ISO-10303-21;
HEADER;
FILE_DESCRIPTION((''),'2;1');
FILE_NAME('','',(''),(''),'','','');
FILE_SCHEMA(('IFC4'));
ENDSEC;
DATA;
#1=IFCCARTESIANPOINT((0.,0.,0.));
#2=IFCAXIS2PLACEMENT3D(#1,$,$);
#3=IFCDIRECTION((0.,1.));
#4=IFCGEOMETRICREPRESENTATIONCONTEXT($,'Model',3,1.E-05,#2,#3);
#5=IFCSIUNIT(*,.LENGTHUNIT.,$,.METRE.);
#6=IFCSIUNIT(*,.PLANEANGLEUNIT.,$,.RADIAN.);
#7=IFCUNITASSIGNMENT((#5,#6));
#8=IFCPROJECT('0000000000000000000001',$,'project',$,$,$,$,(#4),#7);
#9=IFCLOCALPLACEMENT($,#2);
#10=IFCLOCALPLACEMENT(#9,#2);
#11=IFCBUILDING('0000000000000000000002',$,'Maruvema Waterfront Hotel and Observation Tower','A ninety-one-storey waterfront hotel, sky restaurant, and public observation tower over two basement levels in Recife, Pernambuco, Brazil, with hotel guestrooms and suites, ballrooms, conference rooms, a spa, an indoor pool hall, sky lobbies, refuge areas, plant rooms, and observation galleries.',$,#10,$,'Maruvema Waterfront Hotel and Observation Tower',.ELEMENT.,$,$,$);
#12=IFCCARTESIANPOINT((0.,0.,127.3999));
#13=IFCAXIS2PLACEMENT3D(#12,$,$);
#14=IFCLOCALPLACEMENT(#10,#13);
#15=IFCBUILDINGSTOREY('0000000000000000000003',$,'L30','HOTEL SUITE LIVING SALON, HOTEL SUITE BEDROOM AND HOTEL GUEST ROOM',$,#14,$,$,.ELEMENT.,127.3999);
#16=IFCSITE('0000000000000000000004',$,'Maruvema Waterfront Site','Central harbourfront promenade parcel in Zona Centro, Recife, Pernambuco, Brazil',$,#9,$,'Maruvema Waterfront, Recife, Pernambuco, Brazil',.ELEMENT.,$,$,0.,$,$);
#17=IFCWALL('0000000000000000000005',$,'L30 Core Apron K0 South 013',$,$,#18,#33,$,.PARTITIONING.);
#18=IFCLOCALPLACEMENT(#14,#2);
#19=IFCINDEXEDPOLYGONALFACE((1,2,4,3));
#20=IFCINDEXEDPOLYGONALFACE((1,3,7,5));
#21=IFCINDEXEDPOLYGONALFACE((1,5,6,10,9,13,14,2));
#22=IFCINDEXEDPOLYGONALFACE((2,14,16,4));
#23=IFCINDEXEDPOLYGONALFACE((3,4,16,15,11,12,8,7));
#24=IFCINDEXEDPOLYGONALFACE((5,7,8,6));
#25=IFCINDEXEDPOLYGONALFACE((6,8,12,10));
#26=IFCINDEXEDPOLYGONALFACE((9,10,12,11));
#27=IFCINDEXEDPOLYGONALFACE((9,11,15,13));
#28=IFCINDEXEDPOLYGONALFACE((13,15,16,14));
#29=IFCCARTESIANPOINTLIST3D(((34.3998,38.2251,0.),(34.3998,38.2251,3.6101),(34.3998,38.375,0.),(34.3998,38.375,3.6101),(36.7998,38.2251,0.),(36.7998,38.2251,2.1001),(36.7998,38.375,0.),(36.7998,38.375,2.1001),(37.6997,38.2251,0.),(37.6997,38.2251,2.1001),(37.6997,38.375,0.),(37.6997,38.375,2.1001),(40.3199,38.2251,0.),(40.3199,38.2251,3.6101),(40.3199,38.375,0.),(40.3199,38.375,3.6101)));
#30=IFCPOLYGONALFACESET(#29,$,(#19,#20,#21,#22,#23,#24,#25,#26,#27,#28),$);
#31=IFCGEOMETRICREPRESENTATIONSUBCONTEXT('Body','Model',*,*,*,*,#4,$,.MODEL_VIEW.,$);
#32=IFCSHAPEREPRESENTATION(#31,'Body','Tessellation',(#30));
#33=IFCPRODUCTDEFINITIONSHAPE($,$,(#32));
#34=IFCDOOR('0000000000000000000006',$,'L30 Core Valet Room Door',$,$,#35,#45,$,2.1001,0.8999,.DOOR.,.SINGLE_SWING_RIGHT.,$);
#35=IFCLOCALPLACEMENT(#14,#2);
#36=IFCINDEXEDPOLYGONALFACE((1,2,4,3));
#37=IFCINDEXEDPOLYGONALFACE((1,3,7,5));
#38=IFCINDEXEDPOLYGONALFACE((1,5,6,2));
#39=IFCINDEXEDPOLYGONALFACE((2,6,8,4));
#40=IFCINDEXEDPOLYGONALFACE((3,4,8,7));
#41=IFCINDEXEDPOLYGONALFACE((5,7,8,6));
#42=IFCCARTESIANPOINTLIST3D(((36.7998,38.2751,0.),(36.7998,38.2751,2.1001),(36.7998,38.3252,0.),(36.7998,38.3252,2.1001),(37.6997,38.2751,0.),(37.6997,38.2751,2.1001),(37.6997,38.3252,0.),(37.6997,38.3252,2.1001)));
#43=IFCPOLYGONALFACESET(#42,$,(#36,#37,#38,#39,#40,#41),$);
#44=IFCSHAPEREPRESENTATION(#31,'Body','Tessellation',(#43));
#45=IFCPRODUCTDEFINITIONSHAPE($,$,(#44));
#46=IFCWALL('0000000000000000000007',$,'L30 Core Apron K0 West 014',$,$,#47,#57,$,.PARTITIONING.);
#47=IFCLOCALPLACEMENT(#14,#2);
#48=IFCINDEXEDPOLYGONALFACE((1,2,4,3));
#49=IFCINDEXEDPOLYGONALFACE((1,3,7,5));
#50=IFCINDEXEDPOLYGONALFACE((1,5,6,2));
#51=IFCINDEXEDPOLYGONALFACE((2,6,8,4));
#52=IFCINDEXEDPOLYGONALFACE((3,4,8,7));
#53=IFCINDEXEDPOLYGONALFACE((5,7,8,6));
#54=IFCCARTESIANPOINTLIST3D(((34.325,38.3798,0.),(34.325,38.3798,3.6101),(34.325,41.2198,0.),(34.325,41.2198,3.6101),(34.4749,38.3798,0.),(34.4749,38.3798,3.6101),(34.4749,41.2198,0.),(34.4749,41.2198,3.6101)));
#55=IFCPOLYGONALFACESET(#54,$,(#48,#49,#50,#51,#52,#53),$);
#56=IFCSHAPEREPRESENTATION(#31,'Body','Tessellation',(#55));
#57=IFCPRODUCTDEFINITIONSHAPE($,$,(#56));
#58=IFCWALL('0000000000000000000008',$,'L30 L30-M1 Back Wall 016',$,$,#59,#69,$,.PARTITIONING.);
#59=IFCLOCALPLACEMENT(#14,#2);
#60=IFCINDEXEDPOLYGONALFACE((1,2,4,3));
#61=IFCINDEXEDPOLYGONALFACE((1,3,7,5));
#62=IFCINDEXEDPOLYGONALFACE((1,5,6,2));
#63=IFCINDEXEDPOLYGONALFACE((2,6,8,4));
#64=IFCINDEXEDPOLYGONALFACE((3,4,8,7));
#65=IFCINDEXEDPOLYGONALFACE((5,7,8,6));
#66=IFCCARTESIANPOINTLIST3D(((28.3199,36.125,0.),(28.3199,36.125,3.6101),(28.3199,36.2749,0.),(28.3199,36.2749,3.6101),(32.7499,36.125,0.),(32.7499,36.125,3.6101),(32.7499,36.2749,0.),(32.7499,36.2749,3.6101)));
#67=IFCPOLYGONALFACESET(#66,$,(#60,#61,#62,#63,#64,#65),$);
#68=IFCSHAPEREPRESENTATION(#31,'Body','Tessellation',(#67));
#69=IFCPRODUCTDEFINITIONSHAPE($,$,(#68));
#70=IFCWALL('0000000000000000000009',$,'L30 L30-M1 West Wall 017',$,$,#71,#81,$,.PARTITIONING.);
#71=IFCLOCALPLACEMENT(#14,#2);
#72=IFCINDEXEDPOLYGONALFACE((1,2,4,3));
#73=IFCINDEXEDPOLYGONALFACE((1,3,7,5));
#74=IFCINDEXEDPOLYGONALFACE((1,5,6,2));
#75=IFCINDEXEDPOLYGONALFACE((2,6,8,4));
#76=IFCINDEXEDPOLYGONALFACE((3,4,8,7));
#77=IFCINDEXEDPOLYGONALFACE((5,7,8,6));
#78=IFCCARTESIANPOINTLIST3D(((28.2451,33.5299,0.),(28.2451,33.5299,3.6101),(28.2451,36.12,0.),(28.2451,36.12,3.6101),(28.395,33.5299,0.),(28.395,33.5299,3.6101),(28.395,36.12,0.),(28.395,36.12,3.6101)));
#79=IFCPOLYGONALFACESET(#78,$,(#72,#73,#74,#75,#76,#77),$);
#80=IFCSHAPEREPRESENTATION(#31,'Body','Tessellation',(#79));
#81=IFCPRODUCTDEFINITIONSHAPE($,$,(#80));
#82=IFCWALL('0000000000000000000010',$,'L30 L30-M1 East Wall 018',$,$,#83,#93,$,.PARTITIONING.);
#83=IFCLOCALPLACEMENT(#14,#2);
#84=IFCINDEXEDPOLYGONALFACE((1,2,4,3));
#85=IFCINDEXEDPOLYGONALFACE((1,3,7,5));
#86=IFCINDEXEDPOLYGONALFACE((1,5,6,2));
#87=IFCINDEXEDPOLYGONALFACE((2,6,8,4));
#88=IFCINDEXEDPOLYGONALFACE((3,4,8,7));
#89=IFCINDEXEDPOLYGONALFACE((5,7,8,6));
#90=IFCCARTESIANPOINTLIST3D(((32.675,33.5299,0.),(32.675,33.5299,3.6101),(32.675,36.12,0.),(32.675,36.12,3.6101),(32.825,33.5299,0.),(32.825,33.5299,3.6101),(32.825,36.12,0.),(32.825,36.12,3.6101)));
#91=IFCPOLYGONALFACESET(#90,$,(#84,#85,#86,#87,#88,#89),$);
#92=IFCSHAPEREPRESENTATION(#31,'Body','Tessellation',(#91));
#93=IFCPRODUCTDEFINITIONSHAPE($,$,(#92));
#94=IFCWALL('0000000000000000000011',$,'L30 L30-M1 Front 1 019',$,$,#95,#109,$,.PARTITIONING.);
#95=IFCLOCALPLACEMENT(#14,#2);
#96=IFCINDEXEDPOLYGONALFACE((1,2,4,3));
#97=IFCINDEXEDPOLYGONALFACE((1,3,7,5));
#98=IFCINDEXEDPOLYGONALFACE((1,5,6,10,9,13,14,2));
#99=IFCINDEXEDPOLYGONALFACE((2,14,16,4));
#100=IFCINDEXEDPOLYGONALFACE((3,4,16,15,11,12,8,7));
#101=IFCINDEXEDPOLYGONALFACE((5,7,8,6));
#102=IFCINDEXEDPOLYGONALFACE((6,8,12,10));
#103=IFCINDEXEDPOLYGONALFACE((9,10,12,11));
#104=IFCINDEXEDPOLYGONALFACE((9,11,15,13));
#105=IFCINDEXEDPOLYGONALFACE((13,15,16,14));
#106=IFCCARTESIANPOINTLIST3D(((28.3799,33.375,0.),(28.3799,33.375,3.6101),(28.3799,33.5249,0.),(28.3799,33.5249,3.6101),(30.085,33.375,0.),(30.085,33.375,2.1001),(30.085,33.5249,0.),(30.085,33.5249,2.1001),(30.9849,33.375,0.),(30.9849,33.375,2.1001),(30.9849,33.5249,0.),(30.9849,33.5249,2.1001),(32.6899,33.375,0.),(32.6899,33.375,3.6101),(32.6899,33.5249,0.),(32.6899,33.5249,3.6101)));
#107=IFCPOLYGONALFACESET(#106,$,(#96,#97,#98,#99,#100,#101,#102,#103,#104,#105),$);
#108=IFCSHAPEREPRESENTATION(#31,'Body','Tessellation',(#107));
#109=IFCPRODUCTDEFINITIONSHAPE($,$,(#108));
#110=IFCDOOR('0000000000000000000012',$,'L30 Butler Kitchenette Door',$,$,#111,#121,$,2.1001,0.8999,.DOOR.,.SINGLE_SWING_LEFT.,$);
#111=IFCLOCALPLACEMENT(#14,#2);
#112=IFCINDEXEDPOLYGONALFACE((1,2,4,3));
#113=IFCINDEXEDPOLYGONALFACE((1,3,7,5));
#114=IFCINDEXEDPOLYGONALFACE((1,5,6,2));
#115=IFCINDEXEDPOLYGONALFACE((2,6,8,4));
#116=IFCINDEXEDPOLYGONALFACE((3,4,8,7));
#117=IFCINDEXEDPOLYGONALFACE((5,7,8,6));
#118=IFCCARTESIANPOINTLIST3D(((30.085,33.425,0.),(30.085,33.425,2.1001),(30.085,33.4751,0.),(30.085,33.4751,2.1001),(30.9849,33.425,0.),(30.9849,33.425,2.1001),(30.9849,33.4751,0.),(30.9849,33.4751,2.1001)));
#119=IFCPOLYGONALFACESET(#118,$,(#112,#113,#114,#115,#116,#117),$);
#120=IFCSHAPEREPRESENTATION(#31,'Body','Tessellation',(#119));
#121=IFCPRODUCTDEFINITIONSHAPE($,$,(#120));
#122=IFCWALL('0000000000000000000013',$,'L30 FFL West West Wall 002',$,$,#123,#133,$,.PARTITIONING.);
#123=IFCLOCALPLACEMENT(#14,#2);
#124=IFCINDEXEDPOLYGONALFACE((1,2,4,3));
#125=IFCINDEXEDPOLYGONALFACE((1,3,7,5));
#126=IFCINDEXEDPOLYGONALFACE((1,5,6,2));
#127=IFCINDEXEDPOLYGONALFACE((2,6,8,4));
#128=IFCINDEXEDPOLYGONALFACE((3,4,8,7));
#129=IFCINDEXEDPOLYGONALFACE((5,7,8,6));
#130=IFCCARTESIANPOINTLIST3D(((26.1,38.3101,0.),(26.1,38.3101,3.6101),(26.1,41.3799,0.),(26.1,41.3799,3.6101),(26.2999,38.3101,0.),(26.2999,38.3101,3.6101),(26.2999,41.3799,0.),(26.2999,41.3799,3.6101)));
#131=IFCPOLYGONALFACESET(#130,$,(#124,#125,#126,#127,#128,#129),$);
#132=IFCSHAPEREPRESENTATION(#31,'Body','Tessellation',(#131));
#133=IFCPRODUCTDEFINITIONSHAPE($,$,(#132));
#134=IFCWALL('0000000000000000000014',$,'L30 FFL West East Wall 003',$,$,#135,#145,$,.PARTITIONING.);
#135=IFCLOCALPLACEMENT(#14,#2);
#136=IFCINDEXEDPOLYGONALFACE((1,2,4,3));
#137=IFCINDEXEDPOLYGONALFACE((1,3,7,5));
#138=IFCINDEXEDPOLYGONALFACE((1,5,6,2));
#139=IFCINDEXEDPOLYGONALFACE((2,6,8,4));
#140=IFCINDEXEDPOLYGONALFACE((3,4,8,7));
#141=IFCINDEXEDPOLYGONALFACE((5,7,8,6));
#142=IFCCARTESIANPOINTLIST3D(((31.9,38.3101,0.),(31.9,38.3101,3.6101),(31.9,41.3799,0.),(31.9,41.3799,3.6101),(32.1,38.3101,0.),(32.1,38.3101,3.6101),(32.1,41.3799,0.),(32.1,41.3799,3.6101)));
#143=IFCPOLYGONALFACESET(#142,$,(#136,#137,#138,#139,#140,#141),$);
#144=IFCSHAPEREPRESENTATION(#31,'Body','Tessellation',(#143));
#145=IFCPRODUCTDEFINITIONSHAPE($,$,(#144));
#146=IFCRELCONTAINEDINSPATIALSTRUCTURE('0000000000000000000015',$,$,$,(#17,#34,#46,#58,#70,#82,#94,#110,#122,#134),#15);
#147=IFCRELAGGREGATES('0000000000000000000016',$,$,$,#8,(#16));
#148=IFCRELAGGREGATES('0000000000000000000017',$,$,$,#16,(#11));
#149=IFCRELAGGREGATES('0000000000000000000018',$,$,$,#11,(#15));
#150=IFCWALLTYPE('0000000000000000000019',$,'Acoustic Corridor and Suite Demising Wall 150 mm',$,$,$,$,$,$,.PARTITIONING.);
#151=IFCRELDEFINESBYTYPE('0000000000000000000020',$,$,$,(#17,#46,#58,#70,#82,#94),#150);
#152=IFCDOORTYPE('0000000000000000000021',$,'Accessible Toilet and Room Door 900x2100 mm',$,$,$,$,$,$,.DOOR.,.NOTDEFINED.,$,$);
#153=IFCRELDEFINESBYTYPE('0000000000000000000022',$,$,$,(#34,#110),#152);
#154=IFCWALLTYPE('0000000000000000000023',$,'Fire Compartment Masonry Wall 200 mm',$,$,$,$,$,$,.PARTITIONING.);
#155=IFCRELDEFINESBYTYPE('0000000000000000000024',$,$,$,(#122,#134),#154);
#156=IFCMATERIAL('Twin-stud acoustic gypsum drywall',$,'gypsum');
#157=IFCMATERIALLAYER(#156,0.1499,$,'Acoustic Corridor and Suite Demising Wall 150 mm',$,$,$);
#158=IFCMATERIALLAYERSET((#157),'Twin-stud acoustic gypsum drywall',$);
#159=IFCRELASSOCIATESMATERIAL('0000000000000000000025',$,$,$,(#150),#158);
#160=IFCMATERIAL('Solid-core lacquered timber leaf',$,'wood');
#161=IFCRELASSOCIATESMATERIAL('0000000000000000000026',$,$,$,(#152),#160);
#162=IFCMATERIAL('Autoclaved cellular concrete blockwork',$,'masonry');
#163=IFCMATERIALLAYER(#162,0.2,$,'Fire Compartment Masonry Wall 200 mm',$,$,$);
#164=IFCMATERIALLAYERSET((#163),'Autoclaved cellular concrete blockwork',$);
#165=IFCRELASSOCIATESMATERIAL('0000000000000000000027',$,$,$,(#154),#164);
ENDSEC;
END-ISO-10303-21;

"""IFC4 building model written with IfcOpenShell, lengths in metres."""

from ifc_helpers import new_model, si_unit, direction, frame, frame_2d, origin, place, context, subcontext, project, spatial, rectangle, extrude, material, layer, layer_set, type_object, element, fill, save


model = new_model("IFC4")

# Units and contexts
model_context = context("Model", 3, precision=1e-05, world=origin(), true_north=direction((0.0, 1.0)))
body_context = subcontext(model_context, "Body", "Model", "MODEL_VIEW")
ifc_project = project(units=[si_unit("LENGTHUNIT", "METRE"), si_unit("PLANEANGLEUNIT", "RADIAN")], contexts=[model_context])

# Site, building, storey
site_placement = place(None, origin())
site = spatial("IfcSite", under=ifc_project, at=site_placement, Name="Maruvema Waterfront Site", Description="Central harbourfront promenade parcel in Zona Centro, Recife, Pernambuco, Brazil", LongName="Maruvema Waterfront, Recife, Pernambuco, Brazil", CompositionType="ELEMENT", RefElevation=0.0)
building_placement = place(site_placement, origin())
building = spatial("IfcBuilding", under=site, at=building_placement, Name="Maruvema Waterfront Hotel and Observation Tower", Description="A ninety-one-storey waterfront hotel, sky restaurant, and public observation tower over two basement levels in Recife, Pernambuco, Brazil, with hotel guestrooms and suites, ballrooms, conference rooms, a spa, an indoor pool hall, sky lobbies, refuge areas, plant rooms, and observation galleries.", LongName="Maruvema Waterfront Hotel and Observation Tower", CompositionType="ELEMENT")
storey_placement = place(building_placement, frame((0.0, 0.0, 127.3999)))
storey = spatial("IfcBuildingStorey", under=building, at=storey_placement, Name="L30", Description="HOTEL SUITE LIVING SALON, HOTEL SUITE BEDROOM AND HOTEL GUEST ROOM", CompositionType="ELEMENT", Elevation=127.3999)

# Wall, opening, door
ifc_material_1 = material(Name="Twin-stud acoustic gypsum drywall", Category="gypsum")
ifc_layer_1 = layer(ifc_material_1, 0.1499, Name="Acoustic Corridor and Suite Demising Wall 150 mm")
ifc_layer_set_1 = layer_set([ifc_layer_1], Name="Twin-stud acoustic gypsum drywall")
wall_type_1 = type_object("IfcWallType", Name="Acoustic Corridor and Suite Demising Wall 150 mm", PredefinedType="PARTITIONING", material=ifc_layer_set_1)
wall_1_placement = place(storey_placement, frame((34.3999, 38.3, 0.0), z_axis=(0.0, 0.0, 1.0), x_axis=(1.0, 0.0, 0.0)))
wall_1 = element("IfcWall", 1, at=wall_1_placement, inside=storey, type_object=wall_type_1, Name="L30 Core Apron K0 South 013", PredefinedType="PARTITIONING", context=body_context, shape_type="SweptSolid", body=[
    extrude(rectangle(XDim=5.9202, YDim=0.1499, at=frame_2d((2.96, 0.0))), origin(), (0.0, 0.0, 1.0), 3.6101),
])
opening_1_placement = place(wall_1_placement, frame((2.3999, 0.0, 0.0)))
opening_1 = element("IfcOpeningElement", 2, at=opening_1_placement, cuts=wall_1, PredefinedType="OPENING", context=body_context, shape_type="SweptSolid", body=[
    extrude(rectangle(XDim=0.8999, YDim=2.1001, at=frame_2d((0.45, 1.05))), frame((0.0, 0.085, 0.0), z_axis=(0.0, -1.0, 0.0), x_axis=(1.0, 0.0, 0.0)), (0.0, 0.0, 1.0), 0.1699),
])
ifc_material_2 = material(Name="Solid-core lacquered timber leaf", Category="wood")
door_type_1 = type_object("IfcDoorType", Name="Accessible Toilet and Room Door 900x2100 mm", OperationType="NOTDEFINED", PredefinedType="DOOR", material=ifc_material_2)
door_1_placement = place(opening_1_placement, frame((0.8999, 0.0, 0.0), z_axis=(0.0, 0.0, 1.0), x_axis=(-1.0, 0.0, 0.0)))
door_1 = element("IfcDoor", 3, at=door_1_placement, inside=storey, type_object=door_type_1, Name="L30 Core Valet Room Door", OperationType="SINGLE_SWING_RIGHT", OverallHeight=2.1001, OverallWidth=0.8999, PredefinedType="DOOR", context=body_context, shape_type="SweptSolid", body=[
    extrude(rectangle(XDim=0.8999, YDim=2.1001, at=frame_2d((0.45, 1.05))), frame((0.0, 0.0249, 0.0), z_axis=(0.0, -1.0, 0.0), x_axis=(1.0, 0.0, 0.0)), (0.0, 0.0, 1.0), 0.05),
])
fill(opening_1, door_1)

# Walls
wall_2_placement = place(storey_placement, frame((34.3999, 38.3799, 0.0), z_axis=(0.0, 0.0, 1.0), x_axis=(0.0, 1.0, 0.0)))
element("IfcWall", 4, at=wall_2_placement, inside=storey, type_object=wall_type_1, Name="L30 Core Apron K0 West 014", PredefinedType="PARTITIONING", context=body_context, shape_type="SweptSolid", body=[
    extrude(rectangle(XDim=2.8401, YDim=0.1499, at=frame_2d((1.4199, 0.0))), origin(), (0.0, 0.0, 1.0), 3.6101),
])
wall_3_placement = place(storey_placement, frame((28.3201, 36.2, 0.0), z_axis=(0.0, 0.0, 1.0), x_axis=(1.0, 0.0, 0.0)))
element("IfcWall", 5, at=wall_3_placement, inside=storey, type_object=wall_type_1, Name="L30 L30-M1 Back Wall 016", PredefinedType="PARTITIONING", context=body_context, shape_type="SweptSolid", body=[
    extrude(rectangle(XDim=4.4299, YDim=0.1499, at=frame_2d((2.2148, 0.0))), origin(), (0.0, 0.0, 1.0), 3.6101),
])
for number, where, z_axis, x_axis, name in (
    (6, (28.3201, 33.53, 0.0), (0.0, 0.0, 1.0), (0.0, 1.0, 0.0), "L30 L30-M1 West Wall 017"),
    (7, (32.75, 33.53, 0.0), (0.0, 0.0, 1.0), (0.0, 1.0, 0.0), "L30 L30-M1 East Wall 018"),
):
    element("IfcWall", number, at=place(storey_placement, frame(where, z_axis=z_axis, x_axis=x_axis)), inside=storey, type_object=wall_type_1, Name=name, PredefinedType="PARTITIONING", context=body_context, shape_type="SweptSolid", body=[
        extrude(rectangle(XDim=2.5901, YDim=0.1499, at=frame_2d((1.2949, 0.0))), origin(), (0.0, 0.0, 1.0), 3.6101),
    ])

# Wall, opening, door
wall_4_placement = place(storey_placement, frame((28.3799, 33.45, 0.0), z_axis=(0.0, 0.0, 1.0), x_axis=(1.0, 0.0, 0.0)))
wall_4 = element("IfcWall", 8, at=wall_4_placement, inside=storey, type_object=wall_type_1, Name="L30 L30-M1 Front 1 019", PredefinedType="PARTITIONING", context=body_context, shape_type="SweptSolid", body=[
    extrude(rectangle(XDim=4.3101, YDim=0.1499, at=frame_2d((2.155, 0.0))), origin(), (0.0, 0.0, 1.0), 3.6101),
])
opening_2_placement = place(wall_4_placement, frame((1.7051, 0.0, 0.0)))
opening_2 = element("IfcOpeningElement", 9, at=opening_2_placement, cuts=wall_4, PredefinedType="OPENING", context=body_context, shape_type="SweptSolid", body=[
    extrude(rectangle(XDim=0.8999, YDim=2.1001, at=frame_2d((0.45, 1.05))), frame((0.0, 0.085, 0.0), z_axis=(0.0, -1.0, 0.0), x_axis=(1.0, 0.0, 0.0)), (0.0, 0.0, 1.0), 0.1699),
])
door_2_placement = place(opening_2_placement, frame((0.8999, 0.0, 0.0), z_axis=(0.0, 0.0, 1.0), x_axis=(-1.0, 0.0, 0.0)))
door_2 = element("IfcDoor", 10, at=door_2_placement, inside=storey, type_object=door_type_1, Name="L30 Butler Kitchenette Door", OperationType="SINGLE_SWING_LEFT", OverallHeight=2.1001, OverallWidth=0.8999, PredefinedType="DOOR", context=body_context, shape_type="SweptSolid", body=[
    extrude(rectangle(XDim=0.8999, YDim=2.1001, at=frame_2d((0.45, 1.05))), frame((0.0, 0.0249, 0.0), z_axis=(0.0, -1.0, 0.0), x_axis=(1.0, 0.0, 0.0)), (0.0, 0.0, 1.0), 0.05),
])
fill(opening_2, door_2)
ifc_material_3 = material(Name="Autoclaved cellular concrete blockwork", Category="masonry")
ifc_layer_2 = layer(ifc_material_3, 0.2, Name="Fire Compartment Masonry Wall 200 mm")
ifc_layer_set_2 = layer_set([ifc_layer_2], Name="Autoclaved cellular concrete blockwork")
wall_type_2 = type_object("IfcWallType", Name="Fire Compartment Masonry Wall 200 mm", PredefinedType="PARTITIONING", material=ifc_layer_set_2)

# Walls
for number, where, z_axis, x_axis, name in (
    (11, (26.2, 38.3101, 0.0), (0.0, 0.0, 1.0), (0.0, 1.0, 0.0), "L30 FFL West West Wall 002"),
    (12, (32.0, 38.3101, 0.0), (0.0, 0.0, 1.0), (0.0, 1.0, 0.0), "L30 FFL West East Wall 003"),
):
    element("IfcWall", number, at=place(storey_placement, frame(where, z_axis=z_axis, x_axis=x_axis)), inside=storey, type_object=wall_type_2, Name=name, PredefinedType="PARTITIONING", context=body_context, shape_type="SweptSolid", body=[
        extrude(rectangle(XDim=3.0698, YDim=0.2, at=frame_2d((1.5349, 0.0))), origin(), (0.0, 0.0, 1.0), 3.6101),
    ])

save(model, "model.ifc")
